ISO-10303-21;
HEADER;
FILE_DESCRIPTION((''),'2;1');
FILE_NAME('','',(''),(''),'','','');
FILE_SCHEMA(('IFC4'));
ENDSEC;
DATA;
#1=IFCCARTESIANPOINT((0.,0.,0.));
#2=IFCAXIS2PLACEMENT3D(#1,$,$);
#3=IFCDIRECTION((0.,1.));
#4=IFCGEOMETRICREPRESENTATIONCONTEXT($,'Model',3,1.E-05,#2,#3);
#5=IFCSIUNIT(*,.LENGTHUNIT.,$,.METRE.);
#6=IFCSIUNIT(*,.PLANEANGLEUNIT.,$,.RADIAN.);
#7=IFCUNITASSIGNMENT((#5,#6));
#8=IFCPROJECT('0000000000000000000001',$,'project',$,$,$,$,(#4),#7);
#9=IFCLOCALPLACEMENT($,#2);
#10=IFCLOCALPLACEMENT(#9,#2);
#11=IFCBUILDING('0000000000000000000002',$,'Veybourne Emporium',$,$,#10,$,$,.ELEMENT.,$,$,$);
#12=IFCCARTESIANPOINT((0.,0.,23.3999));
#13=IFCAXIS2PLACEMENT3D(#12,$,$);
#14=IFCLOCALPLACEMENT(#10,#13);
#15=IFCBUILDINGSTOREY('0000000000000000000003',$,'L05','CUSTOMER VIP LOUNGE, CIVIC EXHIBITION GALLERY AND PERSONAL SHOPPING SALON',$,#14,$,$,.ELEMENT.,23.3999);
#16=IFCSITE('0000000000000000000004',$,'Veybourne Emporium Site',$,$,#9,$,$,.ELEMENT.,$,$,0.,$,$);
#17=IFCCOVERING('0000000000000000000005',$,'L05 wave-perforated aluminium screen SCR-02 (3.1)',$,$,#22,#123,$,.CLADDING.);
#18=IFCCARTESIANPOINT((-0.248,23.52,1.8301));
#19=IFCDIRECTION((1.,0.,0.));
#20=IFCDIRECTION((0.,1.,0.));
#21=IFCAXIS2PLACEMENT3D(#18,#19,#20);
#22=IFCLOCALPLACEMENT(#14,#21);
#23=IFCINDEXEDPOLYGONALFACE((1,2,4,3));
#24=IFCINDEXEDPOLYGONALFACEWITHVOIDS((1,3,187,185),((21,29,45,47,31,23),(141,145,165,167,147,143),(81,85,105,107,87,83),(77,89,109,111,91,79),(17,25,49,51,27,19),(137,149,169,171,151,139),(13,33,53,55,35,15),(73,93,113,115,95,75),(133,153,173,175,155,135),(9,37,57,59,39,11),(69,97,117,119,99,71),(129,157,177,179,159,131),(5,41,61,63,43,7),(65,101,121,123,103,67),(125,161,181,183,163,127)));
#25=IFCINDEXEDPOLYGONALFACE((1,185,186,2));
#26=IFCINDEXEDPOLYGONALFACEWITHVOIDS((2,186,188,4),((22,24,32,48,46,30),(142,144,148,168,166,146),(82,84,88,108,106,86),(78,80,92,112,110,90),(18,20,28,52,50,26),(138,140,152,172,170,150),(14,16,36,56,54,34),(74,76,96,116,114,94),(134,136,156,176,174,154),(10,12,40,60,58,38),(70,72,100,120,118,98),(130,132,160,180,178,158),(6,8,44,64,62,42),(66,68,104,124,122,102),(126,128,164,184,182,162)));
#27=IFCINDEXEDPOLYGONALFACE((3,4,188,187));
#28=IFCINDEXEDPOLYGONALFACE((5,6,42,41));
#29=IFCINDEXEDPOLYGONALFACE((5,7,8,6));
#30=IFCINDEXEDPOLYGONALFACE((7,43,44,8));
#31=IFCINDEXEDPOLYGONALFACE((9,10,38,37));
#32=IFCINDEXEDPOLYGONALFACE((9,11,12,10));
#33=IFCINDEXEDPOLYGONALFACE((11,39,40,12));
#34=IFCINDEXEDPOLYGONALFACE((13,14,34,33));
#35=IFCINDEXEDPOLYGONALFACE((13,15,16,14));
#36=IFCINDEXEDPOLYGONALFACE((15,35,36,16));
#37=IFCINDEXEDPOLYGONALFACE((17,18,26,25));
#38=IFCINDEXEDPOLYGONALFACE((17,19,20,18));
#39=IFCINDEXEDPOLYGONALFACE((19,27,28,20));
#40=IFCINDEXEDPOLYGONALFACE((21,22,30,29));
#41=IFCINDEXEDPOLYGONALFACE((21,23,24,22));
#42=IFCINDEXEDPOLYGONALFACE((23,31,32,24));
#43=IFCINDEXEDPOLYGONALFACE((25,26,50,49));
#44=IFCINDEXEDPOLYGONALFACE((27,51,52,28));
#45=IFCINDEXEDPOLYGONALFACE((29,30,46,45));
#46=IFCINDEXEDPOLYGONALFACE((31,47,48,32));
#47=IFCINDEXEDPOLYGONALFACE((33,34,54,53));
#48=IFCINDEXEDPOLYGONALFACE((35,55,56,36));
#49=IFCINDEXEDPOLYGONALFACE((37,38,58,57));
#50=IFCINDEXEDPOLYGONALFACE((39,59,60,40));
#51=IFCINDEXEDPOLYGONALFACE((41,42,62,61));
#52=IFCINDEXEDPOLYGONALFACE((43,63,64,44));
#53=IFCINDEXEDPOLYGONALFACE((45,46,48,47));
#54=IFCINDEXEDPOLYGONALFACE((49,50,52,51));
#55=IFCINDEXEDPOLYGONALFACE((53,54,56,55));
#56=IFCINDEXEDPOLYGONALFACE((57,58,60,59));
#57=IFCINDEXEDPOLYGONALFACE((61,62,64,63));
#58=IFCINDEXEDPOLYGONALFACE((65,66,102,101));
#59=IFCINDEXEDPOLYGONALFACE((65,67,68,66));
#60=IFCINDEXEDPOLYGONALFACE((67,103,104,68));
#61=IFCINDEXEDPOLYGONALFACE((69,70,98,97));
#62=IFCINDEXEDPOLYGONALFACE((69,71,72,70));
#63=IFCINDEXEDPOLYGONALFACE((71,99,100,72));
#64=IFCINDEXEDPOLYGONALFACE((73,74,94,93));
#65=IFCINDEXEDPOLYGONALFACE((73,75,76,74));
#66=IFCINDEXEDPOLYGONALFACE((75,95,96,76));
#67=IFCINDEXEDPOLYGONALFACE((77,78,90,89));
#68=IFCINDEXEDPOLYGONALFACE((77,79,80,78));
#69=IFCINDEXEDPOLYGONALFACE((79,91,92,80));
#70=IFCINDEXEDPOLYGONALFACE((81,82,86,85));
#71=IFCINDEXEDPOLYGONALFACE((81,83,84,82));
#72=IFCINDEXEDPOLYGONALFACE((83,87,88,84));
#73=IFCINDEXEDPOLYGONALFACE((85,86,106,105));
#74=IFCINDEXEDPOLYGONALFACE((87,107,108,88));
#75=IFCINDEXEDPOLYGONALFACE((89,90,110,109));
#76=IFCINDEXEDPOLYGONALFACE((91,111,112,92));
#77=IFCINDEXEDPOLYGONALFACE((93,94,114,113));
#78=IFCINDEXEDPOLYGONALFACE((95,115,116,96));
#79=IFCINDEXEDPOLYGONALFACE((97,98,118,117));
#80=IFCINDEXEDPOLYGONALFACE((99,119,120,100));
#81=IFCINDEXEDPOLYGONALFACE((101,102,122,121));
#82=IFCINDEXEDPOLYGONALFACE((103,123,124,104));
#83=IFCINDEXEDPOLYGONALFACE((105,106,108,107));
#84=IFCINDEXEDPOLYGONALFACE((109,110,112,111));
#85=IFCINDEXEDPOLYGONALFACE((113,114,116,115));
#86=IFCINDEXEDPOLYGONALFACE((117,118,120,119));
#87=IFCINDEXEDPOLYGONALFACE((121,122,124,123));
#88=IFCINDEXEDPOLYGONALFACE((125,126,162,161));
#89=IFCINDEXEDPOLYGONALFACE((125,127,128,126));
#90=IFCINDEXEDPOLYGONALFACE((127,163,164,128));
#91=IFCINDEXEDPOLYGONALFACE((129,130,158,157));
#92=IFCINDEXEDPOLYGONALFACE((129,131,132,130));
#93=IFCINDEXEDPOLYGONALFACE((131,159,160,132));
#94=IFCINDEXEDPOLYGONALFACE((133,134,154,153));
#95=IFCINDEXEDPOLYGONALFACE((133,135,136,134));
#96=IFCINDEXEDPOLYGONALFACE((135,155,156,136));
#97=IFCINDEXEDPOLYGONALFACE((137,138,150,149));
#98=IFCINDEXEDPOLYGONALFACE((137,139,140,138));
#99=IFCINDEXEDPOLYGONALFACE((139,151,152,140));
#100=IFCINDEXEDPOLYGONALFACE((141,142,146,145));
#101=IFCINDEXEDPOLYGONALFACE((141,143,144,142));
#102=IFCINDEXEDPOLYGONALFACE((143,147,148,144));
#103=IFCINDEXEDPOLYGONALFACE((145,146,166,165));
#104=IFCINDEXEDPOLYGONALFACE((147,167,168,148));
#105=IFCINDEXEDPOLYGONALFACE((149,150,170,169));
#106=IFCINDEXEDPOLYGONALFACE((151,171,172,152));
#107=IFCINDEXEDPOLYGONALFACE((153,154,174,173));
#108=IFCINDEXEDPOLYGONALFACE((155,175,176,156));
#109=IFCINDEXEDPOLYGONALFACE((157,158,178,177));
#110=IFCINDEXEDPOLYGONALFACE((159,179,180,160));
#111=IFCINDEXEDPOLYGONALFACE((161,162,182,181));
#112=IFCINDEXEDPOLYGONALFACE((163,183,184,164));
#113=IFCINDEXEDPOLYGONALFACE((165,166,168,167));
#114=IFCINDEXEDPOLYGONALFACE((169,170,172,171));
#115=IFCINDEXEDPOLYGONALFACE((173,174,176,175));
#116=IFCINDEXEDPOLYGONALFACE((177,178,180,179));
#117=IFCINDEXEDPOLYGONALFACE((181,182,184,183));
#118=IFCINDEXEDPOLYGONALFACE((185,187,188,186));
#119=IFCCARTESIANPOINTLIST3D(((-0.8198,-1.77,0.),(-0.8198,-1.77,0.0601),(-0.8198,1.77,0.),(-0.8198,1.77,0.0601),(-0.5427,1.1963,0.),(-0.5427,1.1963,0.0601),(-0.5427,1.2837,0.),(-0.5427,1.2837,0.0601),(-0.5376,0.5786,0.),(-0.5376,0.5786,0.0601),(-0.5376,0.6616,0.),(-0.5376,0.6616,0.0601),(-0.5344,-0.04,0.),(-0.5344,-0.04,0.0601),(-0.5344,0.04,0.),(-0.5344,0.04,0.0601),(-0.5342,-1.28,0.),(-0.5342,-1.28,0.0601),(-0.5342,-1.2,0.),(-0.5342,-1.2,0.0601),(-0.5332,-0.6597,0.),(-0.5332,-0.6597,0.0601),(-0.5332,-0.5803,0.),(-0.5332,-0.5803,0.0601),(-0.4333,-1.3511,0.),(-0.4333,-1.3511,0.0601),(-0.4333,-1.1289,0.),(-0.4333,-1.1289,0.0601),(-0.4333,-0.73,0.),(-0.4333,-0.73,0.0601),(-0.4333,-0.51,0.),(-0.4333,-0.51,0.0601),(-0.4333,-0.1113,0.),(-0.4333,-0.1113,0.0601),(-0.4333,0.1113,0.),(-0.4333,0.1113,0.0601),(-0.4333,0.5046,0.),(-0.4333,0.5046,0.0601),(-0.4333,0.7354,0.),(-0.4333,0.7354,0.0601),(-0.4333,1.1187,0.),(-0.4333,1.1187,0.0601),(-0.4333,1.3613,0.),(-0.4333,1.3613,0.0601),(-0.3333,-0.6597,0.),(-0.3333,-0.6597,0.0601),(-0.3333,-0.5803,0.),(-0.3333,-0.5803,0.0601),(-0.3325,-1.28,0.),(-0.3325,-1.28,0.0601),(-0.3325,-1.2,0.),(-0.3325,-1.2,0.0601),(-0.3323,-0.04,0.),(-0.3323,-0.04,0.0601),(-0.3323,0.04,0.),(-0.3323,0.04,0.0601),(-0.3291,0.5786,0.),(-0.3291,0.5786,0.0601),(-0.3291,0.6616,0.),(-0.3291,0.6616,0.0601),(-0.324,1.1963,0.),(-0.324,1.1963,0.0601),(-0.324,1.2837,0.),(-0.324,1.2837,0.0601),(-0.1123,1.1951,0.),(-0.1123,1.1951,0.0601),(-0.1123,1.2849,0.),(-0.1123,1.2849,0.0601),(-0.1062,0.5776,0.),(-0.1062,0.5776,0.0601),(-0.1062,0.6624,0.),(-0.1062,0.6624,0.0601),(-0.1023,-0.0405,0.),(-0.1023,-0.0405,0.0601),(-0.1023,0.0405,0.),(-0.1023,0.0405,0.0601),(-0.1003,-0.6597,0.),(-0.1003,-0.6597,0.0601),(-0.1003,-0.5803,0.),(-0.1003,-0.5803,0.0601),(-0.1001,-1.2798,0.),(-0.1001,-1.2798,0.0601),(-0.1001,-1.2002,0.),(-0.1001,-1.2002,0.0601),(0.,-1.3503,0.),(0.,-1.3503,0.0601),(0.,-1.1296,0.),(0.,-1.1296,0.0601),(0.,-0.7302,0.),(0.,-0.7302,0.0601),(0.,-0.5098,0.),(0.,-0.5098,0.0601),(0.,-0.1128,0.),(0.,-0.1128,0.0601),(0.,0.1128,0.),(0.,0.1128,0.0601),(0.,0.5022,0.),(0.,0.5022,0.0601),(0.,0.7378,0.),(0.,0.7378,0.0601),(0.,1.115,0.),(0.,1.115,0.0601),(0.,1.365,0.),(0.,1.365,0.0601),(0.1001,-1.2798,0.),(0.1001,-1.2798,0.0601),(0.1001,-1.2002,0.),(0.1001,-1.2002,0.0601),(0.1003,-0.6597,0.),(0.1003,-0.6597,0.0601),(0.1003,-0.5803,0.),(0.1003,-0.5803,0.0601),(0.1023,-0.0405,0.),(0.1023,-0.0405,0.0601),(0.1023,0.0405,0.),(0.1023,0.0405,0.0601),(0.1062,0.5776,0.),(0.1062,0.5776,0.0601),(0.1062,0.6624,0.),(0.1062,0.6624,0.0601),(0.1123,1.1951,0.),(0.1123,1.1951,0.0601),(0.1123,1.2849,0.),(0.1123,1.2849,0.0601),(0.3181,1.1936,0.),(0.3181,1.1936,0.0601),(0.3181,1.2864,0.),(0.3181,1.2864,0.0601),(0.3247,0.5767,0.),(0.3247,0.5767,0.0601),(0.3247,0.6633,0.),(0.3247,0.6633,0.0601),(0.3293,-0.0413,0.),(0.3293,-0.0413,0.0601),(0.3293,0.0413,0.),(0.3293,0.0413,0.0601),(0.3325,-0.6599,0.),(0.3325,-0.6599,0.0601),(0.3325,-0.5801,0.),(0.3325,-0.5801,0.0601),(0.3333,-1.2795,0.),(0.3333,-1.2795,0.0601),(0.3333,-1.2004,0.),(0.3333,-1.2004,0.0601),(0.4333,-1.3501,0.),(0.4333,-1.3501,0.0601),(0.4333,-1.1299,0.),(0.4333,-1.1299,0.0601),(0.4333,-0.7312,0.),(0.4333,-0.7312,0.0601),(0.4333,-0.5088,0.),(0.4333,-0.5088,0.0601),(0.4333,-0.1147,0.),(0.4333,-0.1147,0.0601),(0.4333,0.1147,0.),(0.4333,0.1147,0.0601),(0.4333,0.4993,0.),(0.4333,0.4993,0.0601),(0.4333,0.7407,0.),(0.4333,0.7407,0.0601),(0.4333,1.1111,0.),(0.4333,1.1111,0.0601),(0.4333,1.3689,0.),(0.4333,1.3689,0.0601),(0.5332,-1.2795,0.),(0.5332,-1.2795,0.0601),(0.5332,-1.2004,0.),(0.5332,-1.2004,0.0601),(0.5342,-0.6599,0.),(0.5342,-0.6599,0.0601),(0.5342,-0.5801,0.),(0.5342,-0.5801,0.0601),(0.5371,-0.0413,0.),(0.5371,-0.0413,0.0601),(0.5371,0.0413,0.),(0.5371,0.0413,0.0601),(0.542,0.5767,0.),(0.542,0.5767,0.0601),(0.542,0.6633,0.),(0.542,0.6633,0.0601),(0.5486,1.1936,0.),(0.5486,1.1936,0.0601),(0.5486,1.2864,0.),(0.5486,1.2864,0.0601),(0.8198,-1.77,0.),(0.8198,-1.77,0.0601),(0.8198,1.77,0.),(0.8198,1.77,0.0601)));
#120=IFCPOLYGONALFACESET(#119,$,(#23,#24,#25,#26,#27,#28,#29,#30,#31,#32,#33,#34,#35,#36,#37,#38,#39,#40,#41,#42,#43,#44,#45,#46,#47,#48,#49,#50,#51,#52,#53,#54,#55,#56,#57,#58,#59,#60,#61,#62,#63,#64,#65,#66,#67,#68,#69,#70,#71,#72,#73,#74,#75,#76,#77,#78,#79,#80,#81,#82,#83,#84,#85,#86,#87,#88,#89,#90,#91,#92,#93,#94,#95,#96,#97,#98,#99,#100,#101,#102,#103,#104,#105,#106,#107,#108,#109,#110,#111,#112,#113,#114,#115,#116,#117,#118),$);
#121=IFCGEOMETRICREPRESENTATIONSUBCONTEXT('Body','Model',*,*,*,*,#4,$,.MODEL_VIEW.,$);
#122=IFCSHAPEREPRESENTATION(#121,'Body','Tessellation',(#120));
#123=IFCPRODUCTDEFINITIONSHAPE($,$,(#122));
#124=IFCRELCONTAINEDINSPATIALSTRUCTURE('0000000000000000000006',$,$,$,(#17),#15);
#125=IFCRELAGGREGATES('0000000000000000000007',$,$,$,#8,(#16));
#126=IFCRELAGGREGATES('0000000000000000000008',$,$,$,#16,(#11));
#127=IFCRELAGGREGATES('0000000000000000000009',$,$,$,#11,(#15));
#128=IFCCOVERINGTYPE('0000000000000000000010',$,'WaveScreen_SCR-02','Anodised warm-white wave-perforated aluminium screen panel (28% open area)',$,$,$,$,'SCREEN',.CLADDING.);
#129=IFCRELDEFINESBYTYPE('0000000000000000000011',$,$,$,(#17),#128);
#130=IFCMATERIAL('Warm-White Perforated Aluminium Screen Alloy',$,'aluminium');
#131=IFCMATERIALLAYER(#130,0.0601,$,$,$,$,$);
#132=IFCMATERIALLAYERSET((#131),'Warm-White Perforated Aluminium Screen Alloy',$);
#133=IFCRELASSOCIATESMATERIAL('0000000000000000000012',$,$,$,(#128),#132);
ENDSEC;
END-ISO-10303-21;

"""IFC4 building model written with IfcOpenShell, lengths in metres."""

from ifc_helpers import new_model, si_unit, direction, frame, origin, place, context, subcontext, project, spatial, polyline, outline, extrude, material, layer, layer_set, type_object, element, save


model = new_model("IFC4")

# Units and contexts
model_context = context("Model", 3, precision=1e-05, world=origin(), true_north=direction((0.0, 1.0)))
body_context = subcontext(model_context, "Body", "Model", "MODEL_VIEW")
ifc_project = project(units=[si_unit("LENGTHUNIT", "METRE"), si_unit("PLANEANGLEUNIT", "RADIAN")], contexts=[model_context])

# Site, building, storey
site_placement = place(None, origin())
site = spatial("IfcSite", under=ifc_project, at=site_placement, Name="Veybourne Emporium Site", CompositionType="ELEMENT", RefElevation=0.0)
building_placement = place(site_placement, origin())
building = spatial("IfcBuilding", under=site, at=building_placement, Name="Veybourne Emporium", CompositionType="ELEMENT")
storey_placement = place(building_placement, frame((0.0, 0.0, 23.3999)))
storey = spatial("IfcBuildingStorey", under=building, at=storey_placement, Name="L05", Description="CUSTOMER VIP LOUNGE, CIVIC EXHIBITION GALLERY AND PERSONAL SHOPPING SALON", CompositionType="ELEMENT", Elevation=23.3999)

# Covering
ifc_material_1 = material(Name="Warm-White Perforated Aluminium Screen Alloy", Category="aluminium")
ifc_layer_1 = layer(ifc_material_1, 0.0601)
ifc_layer_set_1 = layer_set([ifc_layer_1], Name="Warm-White Perforated Aluminium Screen Alloy")
covering_type_1 = type_object("IfcCoveringType", Name="WaveScreen_SCR-02", Description="Anodised warm-white wave-perforated aluminium screen panel (28% open area)", ElementType="SCREEN", PredefinedType="CLADDING", material=ifc_layer_set_1)
covering_1_placement = place(storey_placement, frame((-0.248, 23.52, 1.8301), z_axis=(1.0, 0.0, 0.0), x_axis=(0.0, 1.0, 0.0)))
element("IfcCovering", 1, at=covering_1_placement, inside=storey, type_object=covering_type_1, Name="L05 wave-perforated aluminium screen SCR-02 (3.1)", PredefinedType="CLADDING", context=body_context, shape_type="SweptSolid", body=[
    extrude(outline(polyline([(-0.8198, -1.77), (0.8198, -1.77), (0.8198, 1.77), (-0.8198, 1.77), (-0.8198, -1.77)]), holes=[polyline([(-0.4333, -1.1289), (-0.3325, -1.2), (-0.3325, -1.28), (-0.4333, -1.3511), (-0.5342, -1.28), (-0.5342, -1.2), (-0.4333, -1.1289)]), polyline([(-0.4333, -0.51), (-0.3333, -0.5803), (-0.3333, -0.6597), (-0.4333, -0.73), (-0.5332, -0.6597), (-0.5332, -0.5803), (-0.4333, -0.51)]), polyline([(-0.4333, 0.1113), (-0.3323, 0.04), (-0.3323, -0.04), (-0.4333, -0.1113), (-0.5344, -0.04), (-0.5344, 0.04), (-0.4333, 0.1113)]), polyline([(-0.4333, 0.7354), (-0.3291, 0.6616), (-0.3291, 0.5786), (-0.4333, 0.5046), (-0.5376, 0.5786), (-0.5376, 0.6616), (-0.4333, 0.7354)]), polyline([(-0.4333, 1.3613), (-0.324, 1.2837), (-0.324, 1.1963), (-0.4333, 1.1187), (-0.5427, 1.1963), (-0.5427, 1.2837), (-0.4333, 1.3613)]), polyline([(0.0, -1.1296), (0.1001, -1.2002), (0.1001, -1.2798), (0.0, -1.3503), (-0.1001, -1.2798), (-0.1001, -1.2002), (0.0, -1.1296)]), polyline([(0.0, -0.5098), (0.1003, -0.5803), (0.1003, -0.6597), (0.0, -0.7302), (-0.1003, -0.6597), (-0.1003, -0.5803), (0.0, -0.5098)]), polyline([(0.0, 0.1128), (0.1023, 0.0405), (0.1023, -0.0405), (0.0, -0.1128), (-0.1023, -0.0405), (-0.1023, 0.0405), (0.0, 0.1128)]), polyline([(0.0, 0.7378), (0.1062, 0.6624), (0.1062, 0.5776), (0.0, 0.5022), (-0.1062, 0.5776), (-0.1062, 0.6624), (0.0, 0.7378)]), polyline([(0.0, 1.365), (0.1123, 1.2849), (0.1123, 1.1951), (0.0, 1.115), (-0.1123, 1.1951), (-0.1123, 1.2849), (0.0, 1.365)]), polyline([(0.4333, -1.1299), (0.5332, -1.2004), (0.5332, -1.2795), (0.4333, -1.3501), (0.3333, -1.2795), (0.3333, -1.2004), (0.4333, -1.1299)]), polyline([(0.4333, -0.5088), (0.5342, -0.5801), (0.5342, -0.6599), (0.4333, -0.7312), (0.3325, -0.6599), (0.3325, -0.5801), (0.4333, -0.5088)]), polyline([(0.4333, 0.1147), (0.5371, 0.0413), (0.5371, -0.0413), (0.4333, -0.1147), (0.3293, -0.0413), (0.3293, 0.0413), (0.4333, 0.1147)]), polyline([(0.4333, 0.7407), (0.542, 0.6633), (0.542, 0.5767), (0.4333, 0.4993), (0.3247, 0.5767), (0.3247, 0.6633), (0.4333, 0.7407)]), polyline([(0.4333, 1.3689), (0.5486, 1.2864), (0.5486, 1.1936), (0.4333, 1.1111), (0.3181, 1.1936), (0.3181, 1.2864), (0.4333, 1.3689)])]), origin(), (0.0, 0.0, 1.0), 0.0601),
])

save(model, "model.ifc")
